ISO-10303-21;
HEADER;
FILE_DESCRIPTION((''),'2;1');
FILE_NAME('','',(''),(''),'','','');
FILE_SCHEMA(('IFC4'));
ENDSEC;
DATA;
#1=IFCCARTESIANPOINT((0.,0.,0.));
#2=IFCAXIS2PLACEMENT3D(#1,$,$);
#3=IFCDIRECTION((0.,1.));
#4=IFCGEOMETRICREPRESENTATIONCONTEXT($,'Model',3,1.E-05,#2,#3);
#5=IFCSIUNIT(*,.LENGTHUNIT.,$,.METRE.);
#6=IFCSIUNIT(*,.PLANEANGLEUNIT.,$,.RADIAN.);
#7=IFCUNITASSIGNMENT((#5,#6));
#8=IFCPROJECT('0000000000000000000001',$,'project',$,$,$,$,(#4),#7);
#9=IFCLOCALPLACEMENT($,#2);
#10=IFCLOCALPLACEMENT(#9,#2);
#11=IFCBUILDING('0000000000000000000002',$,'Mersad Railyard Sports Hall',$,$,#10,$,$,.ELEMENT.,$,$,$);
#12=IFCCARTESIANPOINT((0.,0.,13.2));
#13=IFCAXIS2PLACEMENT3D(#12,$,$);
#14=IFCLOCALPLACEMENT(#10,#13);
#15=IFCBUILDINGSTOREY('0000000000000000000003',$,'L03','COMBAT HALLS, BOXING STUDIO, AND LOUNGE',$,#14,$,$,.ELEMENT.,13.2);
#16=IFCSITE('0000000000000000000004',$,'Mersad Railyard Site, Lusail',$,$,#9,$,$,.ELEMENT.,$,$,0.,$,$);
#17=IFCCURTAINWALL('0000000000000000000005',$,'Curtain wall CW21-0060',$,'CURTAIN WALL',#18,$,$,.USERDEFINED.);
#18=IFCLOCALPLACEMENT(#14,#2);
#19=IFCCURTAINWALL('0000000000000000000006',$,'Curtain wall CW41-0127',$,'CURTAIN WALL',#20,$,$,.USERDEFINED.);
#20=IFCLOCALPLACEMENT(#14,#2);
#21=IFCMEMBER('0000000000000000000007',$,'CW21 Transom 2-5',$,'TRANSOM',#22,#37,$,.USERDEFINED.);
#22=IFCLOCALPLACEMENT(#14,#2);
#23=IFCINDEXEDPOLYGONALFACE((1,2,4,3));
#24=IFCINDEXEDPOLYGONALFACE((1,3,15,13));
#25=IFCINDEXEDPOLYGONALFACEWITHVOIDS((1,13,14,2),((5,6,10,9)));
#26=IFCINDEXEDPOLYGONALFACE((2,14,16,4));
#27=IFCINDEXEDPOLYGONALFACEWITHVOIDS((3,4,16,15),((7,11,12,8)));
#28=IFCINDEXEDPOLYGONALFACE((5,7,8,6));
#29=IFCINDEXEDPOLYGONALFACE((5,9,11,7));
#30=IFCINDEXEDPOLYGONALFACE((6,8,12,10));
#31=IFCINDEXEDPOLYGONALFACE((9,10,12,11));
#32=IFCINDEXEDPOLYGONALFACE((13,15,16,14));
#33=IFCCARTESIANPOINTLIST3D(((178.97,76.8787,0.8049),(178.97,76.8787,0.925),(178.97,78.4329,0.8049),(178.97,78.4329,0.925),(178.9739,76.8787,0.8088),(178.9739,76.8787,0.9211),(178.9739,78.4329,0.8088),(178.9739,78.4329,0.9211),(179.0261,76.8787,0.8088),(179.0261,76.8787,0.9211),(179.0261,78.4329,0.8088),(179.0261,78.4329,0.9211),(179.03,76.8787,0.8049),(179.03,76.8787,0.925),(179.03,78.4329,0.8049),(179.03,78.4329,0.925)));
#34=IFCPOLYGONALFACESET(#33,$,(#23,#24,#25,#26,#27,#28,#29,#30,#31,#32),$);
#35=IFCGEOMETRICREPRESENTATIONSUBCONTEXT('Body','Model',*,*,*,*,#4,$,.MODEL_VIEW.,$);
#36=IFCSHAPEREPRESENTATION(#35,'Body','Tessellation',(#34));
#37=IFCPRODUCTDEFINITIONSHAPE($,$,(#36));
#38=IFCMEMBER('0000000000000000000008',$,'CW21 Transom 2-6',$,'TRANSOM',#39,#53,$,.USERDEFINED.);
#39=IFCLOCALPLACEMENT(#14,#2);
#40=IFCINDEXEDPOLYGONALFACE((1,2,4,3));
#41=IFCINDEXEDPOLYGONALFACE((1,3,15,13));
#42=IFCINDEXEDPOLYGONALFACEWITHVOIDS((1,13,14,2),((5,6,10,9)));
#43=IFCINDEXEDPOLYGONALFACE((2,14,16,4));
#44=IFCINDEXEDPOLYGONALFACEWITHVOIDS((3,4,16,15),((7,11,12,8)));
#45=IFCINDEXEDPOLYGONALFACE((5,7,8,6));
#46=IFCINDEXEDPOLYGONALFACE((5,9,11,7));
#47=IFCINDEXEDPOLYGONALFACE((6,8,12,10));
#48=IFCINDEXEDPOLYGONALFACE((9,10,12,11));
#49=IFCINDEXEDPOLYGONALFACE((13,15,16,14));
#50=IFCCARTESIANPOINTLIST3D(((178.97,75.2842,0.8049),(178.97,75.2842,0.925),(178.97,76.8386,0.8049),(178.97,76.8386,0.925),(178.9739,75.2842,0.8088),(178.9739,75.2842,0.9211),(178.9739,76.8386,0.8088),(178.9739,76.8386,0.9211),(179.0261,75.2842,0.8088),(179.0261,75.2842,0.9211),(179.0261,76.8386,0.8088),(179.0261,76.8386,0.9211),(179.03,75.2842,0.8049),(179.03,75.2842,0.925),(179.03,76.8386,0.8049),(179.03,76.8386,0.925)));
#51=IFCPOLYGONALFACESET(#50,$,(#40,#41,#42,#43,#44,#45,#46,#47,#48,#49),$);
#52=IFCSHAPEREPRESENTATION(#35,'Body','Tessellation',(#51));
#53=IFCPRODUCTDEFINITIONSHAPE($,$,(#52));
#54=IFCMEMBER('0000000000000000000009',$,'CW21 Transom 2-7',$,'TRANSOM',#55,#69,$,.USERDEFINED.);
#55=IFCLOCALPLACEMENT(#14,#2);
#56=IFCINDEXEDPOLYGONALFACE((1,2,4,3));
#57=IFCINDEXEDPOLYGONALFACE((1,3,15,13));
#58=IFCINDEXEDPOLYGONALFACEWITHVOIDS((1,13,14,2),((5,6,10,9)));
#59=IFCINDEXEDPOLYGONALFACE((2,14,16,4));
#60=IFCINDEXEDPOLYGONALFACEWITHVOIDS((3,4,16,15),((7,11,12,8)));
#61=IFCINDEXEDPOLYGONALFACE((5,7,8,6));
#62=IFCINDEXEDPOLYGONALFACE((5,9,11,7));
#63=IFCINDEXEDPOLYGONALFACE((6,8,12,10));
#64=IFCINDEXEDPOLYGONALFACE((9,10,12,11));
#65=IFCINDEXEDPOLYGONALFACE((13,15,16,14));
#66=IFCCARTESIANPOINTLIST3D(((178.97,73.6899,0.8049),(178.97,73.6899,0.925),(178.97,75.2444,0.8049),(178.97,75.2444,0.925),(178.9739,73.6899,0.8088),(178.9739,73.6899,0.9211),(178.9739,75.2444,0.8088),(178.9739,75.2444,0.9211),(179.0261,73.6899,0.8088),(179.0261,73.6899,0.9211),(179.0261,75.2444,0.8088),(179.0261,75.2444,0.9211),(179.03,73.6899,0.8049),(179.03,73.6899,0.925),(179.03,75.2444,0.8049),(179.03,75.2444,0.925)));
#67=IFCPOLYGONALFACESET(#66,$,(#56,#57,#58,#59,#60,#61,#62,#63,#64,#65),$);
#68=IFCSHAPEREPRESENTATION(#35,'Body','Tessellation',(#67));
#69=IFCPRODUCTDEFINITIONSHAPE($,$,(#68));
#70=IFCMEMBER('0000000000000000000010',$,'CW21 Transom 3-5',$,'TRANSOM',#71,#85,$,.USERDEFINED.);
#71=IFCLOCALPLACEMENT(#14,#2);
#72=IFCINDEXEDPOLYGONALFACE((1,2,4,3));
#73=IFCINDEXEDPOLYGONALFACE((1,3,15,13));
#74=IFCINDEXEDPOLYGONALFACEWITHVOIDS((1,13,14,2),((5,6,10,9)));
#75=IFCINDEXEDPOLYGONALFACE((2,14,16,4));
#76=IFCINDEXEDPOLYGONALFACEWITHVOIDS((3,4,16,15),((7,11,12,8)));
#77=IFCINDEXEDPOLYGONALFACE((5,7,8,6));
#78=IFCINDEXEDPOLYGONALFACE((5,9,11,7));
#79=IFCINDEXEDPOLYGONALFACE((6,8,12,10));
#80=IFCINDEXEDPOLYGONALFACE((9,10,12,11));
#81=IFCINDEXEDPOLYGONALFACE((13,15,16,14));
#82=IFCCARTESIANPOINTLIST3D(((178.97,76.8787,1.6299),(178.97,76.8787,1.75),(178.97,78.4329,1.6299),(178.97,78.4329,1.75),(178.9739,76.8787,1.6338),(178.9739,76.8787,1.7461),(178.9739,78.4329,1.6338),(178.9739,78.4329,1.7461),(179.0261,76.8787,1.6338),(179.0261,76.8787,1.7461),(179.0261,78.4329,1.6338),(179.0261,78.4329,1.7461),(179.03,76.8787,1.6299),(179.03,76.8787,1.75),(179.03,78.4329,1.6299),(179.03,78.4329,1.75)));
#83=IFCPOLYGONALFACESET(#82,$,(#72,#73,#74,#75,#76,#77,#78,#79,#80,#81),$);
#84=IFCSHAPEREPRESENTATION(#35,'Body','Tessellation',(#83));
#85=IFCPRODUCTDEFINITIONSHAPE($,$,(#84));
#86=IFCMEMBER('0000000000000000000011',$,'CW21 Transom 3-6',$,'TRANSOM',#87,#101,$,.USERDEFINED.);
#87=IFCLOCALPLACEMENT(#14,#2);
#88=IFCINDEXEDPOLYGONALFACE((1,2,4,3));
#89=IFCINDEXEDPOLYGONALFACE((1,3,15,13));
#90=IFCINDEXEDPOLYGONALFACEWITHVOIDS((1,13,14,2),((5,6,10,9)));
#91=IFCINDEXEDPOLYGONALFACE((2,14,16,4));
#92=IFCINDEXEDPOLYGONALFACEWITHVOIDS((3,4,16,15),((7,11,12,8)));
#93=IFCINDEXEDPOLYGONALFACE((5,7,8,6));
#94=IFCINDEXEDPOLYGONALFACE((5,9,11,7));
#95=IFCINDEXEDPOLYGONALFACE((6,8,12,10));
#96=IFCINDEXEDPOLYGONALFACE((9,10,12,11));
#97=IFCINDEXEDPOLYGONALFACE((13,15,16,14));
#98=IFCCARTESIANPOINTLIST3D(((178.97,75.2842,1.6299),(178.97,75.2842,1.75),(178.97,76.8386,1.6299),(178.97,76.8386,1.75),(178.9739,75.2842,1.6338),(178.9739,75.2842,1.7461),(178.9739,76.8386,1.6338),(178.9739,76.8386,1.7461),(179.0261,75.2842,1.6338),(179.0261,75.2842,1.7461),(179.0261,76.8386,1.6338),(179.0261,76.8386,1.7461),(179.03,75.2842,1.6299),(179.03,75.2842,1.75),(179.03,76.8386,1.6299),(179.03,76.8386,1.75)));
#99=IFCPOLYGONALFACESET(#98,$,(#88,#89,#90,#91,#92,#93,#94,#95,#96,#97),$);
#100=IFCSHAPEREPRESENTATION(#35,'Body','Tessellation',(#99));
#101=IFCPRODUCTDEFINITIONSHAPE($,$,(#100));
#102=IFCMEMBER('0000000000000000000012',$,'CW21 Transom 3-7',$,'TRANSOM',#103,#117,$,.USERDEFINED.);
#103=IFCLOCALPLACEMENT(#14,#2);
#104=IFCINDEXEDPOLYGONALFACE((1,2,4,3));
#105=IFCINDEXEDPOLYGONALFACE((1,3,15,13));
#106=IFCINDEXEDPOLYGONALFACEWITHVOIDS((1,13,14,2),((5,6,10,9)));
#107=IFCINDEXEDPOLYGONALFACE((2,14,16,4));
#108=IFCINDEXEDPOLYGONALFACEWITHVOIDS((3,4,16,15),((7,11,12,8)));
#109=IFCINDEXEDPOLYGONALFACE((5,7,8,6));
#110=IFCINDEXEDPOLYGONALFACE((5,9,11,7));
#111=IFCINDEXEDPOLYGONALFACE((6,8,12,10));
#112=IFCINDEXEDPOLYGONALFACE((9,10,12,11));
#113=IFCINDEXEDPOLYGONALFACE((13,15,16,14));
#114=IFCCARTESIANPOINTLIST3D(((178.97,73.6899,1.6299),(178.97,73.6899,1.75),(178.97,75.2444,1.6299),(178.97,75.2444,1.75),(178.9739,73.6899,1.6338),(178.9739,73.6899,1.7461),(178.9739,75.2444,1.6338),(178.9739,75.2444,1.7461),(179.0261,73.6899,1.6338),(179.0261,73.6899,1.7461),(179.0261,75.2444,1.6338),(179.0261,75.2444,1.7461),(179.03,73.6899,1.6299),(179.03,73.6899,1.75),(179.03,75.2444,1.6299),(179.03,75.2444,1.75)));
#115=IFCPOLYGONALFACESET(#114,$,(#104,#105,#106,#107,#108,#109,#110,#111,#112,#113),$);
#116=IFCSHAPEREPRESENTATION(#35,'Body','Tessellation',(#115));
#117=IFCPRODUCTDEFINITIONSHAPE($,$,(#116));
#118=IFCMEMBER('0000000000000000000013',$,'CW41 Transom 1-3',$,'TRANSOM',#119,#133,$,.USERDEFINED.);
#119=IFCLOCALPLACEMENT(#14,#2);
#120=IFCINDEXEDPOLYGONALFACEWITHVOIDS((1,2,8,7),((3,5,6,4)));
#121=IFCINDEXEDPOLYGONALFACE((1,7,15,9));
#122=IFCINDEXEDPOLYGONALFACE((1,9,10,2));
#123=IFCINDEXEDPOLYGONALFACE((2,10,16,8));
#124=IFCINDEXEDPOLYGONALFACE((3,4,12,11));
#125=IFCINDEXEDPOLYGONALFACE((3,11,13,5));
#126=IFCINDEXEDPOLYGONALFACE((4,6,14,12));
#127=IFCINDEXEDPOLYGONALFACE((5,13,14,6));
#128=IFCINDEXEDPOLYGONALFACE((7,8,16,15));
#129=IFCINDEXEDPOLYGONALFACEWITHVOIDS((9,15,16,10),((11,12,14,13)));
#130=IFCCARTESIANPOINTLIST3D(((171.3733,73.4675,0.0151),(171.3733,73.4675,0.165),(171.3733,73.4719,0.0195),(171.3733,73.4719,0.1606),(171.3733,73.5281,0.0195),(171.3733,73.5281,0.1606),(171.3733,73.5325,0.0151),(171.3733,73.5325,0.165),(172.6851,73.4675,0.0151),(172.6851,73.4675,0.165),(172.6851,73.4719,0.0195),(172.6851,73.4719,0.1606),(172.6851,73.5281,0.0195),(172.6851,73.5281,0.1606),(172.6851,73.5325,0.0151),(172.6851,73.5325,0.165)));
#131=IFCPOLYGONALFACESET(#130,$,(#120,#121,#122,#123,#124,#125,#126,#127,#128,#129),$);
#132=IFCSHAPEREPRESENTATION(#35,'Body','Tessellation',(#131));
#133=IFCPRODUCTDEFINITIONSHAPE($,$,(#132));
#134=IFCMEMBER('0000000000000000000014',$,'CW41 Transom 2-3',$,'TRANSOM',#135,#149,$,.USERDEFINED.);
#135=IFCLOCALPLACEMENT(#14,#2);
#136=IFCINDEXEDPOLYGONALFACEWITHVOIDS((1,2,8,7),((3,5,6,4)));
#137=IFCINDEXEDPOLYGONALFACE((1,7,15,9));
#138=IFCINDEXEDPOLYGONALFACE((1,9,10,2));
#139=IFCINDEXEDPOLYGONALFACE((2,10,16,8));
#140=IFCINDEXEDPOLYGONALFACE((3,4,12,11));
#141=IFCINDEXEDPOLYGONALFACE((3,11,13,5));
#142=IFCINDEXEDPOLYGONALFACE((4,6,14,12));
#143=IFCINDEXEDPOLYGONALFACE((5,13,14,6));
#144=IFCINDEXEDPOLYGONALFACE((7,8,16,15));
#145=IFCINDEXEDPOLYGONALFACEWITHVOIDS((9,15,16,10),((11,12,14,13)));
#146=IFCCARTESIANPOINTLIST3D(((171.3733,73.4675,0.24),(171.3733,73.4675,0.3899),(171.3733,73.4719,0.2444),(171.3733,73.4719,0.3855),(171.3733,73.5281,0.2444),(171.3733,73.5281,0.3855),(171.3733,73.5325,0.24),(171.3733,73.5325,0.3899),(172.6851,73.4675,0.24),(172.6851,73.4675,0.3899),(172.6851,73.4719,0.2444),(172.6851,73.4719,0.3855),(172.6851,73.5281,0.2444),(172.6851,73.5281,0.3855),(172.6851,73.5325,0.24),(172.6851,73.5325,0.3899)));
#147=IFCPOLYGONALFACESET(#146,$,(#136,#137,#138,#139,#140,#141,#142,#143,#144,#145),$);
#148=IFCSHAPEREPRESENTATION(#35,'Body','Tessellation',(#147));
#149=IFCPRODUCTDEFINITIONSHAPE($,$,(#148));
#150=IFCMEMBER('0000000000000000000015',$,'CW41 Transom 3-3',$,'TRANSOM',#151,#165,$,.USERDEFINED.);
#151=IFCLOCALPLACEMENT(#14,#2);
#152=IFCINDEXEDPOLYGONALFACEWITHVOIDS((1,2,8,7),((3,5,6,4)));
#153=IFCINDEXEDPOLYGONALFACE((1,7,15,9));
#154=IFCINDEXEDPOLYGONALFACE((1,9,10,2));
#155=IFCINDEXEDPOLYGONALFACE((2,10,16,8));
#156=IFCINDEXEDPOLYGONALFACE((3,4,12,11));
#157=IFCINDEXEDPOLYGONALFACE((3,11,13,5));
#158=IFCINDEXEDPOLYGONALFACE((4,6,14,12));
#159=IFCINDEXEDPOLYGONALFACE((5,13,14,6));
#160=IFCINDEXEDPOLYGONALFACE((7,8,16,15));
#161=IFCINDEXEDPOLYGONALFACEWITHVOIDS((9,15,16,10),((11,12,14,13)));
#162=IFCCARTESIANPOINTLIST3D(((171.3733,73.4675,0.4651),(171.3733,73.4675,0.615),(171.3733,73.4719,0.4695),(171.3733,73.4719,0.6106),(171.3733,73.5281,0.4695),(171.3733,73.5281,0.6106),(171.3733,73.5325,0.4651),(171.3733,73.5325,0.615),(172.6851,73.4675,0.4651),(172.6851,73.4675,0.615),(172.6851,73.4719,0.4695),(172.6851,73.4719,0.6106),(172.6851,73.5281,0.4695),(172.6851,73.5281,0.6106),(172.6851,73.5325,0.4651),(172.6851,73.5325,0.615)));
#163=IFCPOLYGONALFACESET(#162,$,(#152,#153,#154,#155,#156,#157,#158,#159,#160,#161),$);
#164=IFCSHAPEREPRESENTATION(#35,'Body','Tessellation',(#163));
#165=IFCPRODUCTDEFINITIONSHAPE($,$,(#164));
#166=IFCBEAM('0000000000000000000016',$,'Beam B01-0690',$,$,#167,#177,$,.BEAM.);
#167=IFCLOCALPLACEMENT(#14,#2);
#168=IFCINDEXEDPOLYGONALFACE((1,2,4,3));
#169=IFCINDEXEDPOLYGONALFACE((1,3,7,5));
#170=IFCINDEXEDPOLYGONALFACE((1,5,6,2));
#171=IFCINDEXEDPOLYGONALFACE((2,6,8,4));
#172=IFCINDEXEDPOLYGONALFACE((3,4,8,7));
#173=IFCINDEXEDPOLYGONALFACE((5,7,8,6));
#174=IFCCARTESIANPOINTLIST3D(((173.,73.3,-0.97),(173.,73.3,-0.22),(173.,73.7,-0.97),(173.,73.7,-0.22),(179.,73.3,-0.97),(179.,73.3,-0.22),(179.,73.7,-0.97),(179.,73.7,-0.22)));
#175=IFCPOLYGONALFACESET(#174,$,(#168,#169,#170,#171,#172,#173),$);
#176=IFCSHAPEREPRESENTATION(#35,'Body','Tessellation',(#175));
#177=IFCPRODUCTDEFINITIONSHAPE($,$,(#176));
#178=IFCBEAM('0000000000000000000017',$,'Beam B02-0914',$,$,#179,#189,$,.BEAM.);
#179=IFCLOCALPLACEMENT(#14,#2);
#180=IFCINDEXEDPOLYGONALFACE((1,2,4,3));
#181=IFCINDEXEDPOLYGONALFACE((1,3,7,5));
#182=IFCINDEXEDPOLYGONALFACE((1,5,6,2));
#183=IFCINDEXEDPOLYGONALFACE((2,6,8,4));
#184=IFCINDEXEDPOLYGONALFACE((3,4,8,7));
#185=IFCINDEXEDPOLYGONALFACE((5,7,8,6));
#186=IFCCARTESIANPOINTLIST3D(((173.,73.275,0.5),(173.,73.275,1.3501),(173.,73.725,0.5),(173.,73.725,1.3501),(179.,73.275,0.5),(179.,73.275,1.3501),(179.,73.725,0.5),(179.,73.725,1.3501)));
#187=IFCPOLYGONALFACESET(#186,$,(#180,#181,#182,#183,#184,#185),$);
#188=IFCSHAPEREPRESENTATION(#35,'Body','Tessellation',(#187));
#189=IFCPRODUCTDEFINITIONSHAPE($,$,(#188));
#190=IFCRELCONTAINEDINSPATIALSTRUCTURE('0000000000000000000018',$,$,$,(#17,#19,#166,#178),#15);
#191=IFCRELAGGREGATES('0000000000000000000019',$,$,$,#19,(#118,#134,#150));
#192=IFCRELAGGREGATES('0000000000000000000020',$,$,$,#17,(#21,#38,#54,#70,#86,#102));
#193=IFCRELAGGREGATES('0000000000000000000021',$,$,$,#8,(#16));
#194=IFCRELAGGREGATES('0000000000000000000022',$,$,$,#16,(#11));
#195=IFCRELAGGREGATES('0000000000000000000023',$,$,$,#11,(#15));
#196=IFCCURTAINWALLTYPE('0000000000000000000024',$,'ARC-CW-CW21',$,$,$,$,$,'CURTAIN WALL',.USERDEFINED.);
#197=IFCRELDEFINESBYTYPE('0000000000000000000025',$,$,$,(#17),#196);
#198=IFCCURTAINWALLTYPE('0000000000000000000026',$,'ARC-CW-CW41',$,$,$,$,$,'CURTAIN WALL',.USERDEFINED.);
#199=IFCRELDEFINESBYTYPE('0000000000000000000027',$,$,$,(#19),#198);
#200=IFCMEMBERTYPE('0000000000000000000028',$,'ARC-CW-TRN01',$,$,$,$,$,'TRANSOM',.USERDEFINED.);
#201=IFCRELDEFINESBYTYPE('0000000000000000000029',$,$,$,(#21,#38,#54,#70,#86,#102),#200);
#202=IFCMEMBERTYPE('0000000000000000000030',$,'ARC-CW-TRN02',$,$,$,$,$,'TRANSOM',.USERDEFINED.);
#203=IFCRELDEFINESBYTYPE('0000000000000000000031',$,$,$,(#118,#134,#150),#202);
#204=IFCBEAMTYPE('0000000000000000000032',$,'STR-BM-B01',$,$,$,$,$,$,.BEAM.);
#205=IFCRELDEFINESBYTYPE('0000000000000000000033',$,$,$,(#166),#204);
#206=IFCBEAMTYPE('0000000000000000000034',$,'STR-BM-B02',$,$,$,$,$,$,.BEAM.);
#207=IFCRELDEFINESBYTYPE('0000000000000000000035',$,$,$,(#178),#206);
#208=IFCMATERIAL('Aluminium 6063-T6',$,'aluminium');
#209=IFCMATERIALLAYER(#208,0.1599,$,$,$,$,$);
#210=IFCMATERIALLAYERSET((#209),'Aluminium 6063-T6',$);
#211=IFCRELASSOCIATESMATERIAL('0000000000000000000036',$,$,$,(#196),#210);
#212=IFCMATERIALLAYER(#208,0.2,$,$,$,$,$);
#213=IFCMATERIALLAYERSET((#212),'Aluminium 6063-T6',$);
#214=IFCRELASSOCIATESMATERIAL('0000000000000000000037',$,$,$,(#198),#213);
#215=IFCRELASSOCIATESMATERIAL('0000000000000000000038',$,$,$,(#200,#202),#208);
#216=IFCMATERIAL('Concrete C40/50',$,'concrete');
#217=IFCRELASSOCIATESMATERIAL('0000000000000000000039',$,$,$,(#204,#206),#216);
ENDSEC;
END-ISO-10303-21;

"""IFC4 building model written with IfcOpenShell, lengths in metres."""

from ifc_helpers import new_model, si_unit, direction, frame, origin, origin_2d, place, context, subcontext, project, spatial, rectangle, hollow_rectangle, extrude, material, layer, layer_set, material_profile, profile_set, type_object, element, aggregate, save


model = new_model("IFC4")

# Units and contexts
model_context = context("Model", 3, precision=1e-05, world=origin(), true_north=direction((0.0, 1.0)))
body_context = subcontext(model_context, "Body", "Model", "MODEL_VIEW")
ifc_project = project(units=[si_unit("LENGTHUNIT", "METRE"), si_unit("PLANEANGLEUNIT", "RADIAN")], contexts=[model_context])

# Site, building, storey
site_placement = place(None, origin())
site = spatial("IfcSite", under=ifc_project, at=site_placement, Name="Mersad Railyard Site, Lusail", CompositionType="ELEMENT", RefElevation=0.0)
building_placement = place(site_placement, origin())
building = spatial("IfcBuilding", under=site, at=building_placement, Name="Mersad Railyard Sports Hall", CompositionType="ELEMENT")
storey_placement = place(building_placement, frame((0.0, 0.0, 13.2)))
storey = spatial("IfcBuildingStorey", under=building, at=storey_placement, Name="L03", Description="COMBAT HALLS, BOXING STUDIO, AND LOUNGE", CompositionType="ELEMENT", Elevation=13.2)

# Shared definitions
ifc_material_1 = material(Name="Concrete C40/50", Category="concrete")

# Curtain walls
ifc_material_2 = material(Name="Aluminium 6063-T6", Category="aluminium")
ifc_layer_1 = layer(ifc_material_2, 0.1599)
ifc_layer_set_1 = layer_set([ifc_layer_1], Name="Aluminium 6063-T6")
curtain_wall_type_1 = type_object("IfcCurtainWallType", Name="ARC-CW-CW21", ElementType="CURTAIN WALL", PredefinedType="USERDEFINED", material=ifc_layer_set_1)
curtain_wall_1_placement = place(storey_placement, origin())
curtain_wall_1 = element("IfcCurtainWall", 1, at=curtain_wall_1_placement, inside=storey, type_object=curtain_wall_type_1, Name="Curtain wall CW21-0060", ObjectType="CURTAIN WALL", PredefinedType="USERDEFINED")
ifc_layer_2 = layer(ifc_material_2, 0.2)
ifc_layer_set_2 = layer_set([ifc_layer_2], Name="Aluminium 6063-T6")
curtain_wall_type_2 = type_object("IfcCurtainWallType", Name="ARC-CW-CW41", ElementType="CURTAIN WALL", PredefinedType="USERDEFINED", material=ifc_layer_set_2)
curtain_wall_2_placement = place(storey_placement, origin())
curtain_wall_2 = element("IfcCurtainWall", 2, at=curtain_wall_2_placement, inside=storey, type_object=curtain_wall_type_2, Name="Curtain wall CW41-0127", ObjectType="CURTAIN WALL", PredefinedType="USERDEFINED")

# Members
ifc_material_profile_1 = material_profile(ifc_material_2, hollow_rectangle(XDim=0.0601, YDim=0.1201, WallThickness=0.0039, at=origin_2d()), Name="AL TRANSOM 60x120x4")
ifc_profile_set_1 = profile_set([ifc_material_profile_1], Name="Aluminium 6063-T6")
member_type_1 = type_object("IfcMemberType", Name="ARC-CW-TRN01", ElementType="TRANSOM", PredefinedType="USERDEFINED", material=ifc_profile_set_1)
member_1_placement = place(storey_placement, frame((179.0, 78.4329, 0.865), z_axis=(0.0, -1.0, 0.0), x_axis=(1.0, 0.0, 0.0)))
member_1 = element("IfcMember", 3, at=member_1_placement, type_object=member_type_1, Name="CW21 Transom 2-5", ObjectType="TRANSOM", PredefinedType="USERDEFINED", context=body_context, shape_type="SweptSolid", body=[
    extrude(hollow_rectangle(XDim=0.0601, YDim=0.1201, WallThickness=0.0039, at=origin_2d()), origin(), (0.0, 0.0, 1.0), 1.5542),
])
member_2_placement = place(storey_placement, frame((179.0, 76.8386, 0.865), z_axis=(0.0, -1.0, 0.0), x_axis=(1.0, 0.0, 0.0)))
member_2 = element("IfcMember", 4, at=member_2_placement, type_object=member_type_1, Name="CW21 Transom 2-6", ObjectType="TRANSOM", PredefinedType="USERDEFINED", context=body_context, shape_type="SweptSolid", body=[
    extrude(hollow_rectangle(XDim=0.0601, YDim=0.1201, WallThickness=0.0039, at=origin_2d()), origin(), (0.0, 0.0, 1.0), 1.5544),
])
member_3_placement = place(storey_placement, frame((179.0, 75.2444, 0.865), z_axis=(0.0, -1.0, 0.0), x_axis=(1.0, 0.0, 0.0)))
member_3 = element("IfcMember", 5, at=member_3_placement, type_object=member_type_1, Name="CW21 Transom 2-7", ObjectType="TRANSOM", PredefinedType="USERDEFINED", context=body_context, shape_type="SweptSolid", body=[
    extrude(hollow_rectangle(XDim=0.0601, YDim=0.1201, WallThickness=0.0039, at=origin_2d()), origin(), (0.0, 0.0, 1.0), 1.5544),
])
member_4_placement = place(storey_placement, frame((179.0, 78.4329, 1.6899), z_axis=(0.0, -1.0, 0.0), x_axis=(1.0, 0.0, 0.0)))
member_4 = element("IfcMember", 6, at=member_4_placement, type_object=member_type_1, Name="CW21 Transom 3-5", ObjectType="TRANSOM", PredefinedType="USERDEFINED", context=body_context, shape_type="SweptSolid", body=[
    extrude(hollow_rectangle(XDim=0.0601, YDim=0.1201, WallThickness=0.0039, at=origin_2d()), origin(), (0.0, 0.0, 1.0), 1.5542),
])
member_5_placement = place(storey_placement, frame((179.0, 76.8386, 1.6899), z_axis=(0.0, -1.0, 0.0), x_axis=(1.0, 0.0, 0.0)))
member_5 = element("IfcMember", 7, at=member_5_placement, type_object=member_type_1, Name="CW21 Transom 3-6", ObjectType="TRANSOM", PredefinedType="USERDEFINED", context=body_context, shape_type="SweptSolid", body=[
    extrude(hollow_rectangle(XDim=0.0601, YDim=0.1201, WallThickness=0.0039, at=origin_2d()), origin(), (0.0, 0.0, 1.0), 1.5544),
])
member_6_placement = place(storey_placement, frame((179.0, 75.2444, 1.6899), z_axis=(0.0, -1.0, 0.0), x_axis=(1.0, 0.0, 0.0)))
member_6 = element("IfcMember", 8, at=member_6_placement, type_object=member_type_1, Name="CW21 Transom 3-7", ObjectType="TRANSOM", PredefinedType="USERDEFINED", context=body_context, shape_type="SweptSolid", body=[
    extrude(hollow_rectangle(XDim=0.0601, YDim=0.1201, WallThickness=0.0039, at=origin_2d()), origin(), (0.0, 0.0, 1.0), 1.5544),
])
ifc_material_profile_2 = material_profile(ifc_material_2, hollow_rectangle(XDim=0.0649, YDim=0.1499, WallThickness=0.0044, at=origin_2d()), Name="AL TRANSOM 65x150x4.5")
ifc_profile_set_2 = profile_set([ifc_material_profile_2], Name="Aluminium 6063-T6")
member_type_2 = type_object("IfcMemberType", Name="ARC-CW-TRN02", ElementType="TRANSOM", PredefinedType="USERDEFINED", material=ifc_profile_set_2)
member_7_placement = place(storey_placement, frame((171.3733, 73.5, 0.0901), z_axis=(1.0, 0.0, 0.0), x_axis=(0.0, 1.0, 0.0)))
member_7 = element("IfcMember", 9, at=member_7_placement, type_object=member_type_2, Name="CW41 Transom 1-3", ObjectType="TRANSOM", PredefinedType="USERDEFINED", context=body_context, shape_type="SweptSolid", body=[
    extrude(hollow_rectangle(XDim=0.0649, YDim=0.1499, WallThickness=0.0044, at=origin_2d()), origin(), (0.0, 0.0, 1.0), 1.3118),
])
member_8_placement = place(storey_placement, frame((171.3733, 73.5, 0.3149), z_axis=(1.0, 0.0, 0.0), x_axis=(0.0, 1.0, 0.0)))
member_8 = element("IfcMember", 10, at=member_8_placement, type_object=member_type_2, Name="CW41 Transom 2-3", ObjectType="TRANSOM", PredefinedType="USERDEFINED", context=body_context, shape_type="SweptSolid", body=[
    extrude(hollow_rectangle(XDim=0.0649, YDim=0.1499, WallThickness=0.0044, at=origin_2d()), origin(), (0.0, 0.0, 1.0), 1.3118),
])
member_9_placement = place(storey_placement, frame((171.3733, 73.5, 0.54), z_axis=(1.0, 0.0, 0.0), x_axis=(0.0, 1.0, 0.0)))
member_9 = element("IfcMember", 11, at=member_9_placement, type_object=member_type_2, Name="CW41 Transom 3-3", ObjectType="TRANSOM", PredefinedType="USERDEFINED", context=body_context, shape_type="SweptSolid", body=[
    extrude(hollow_rectangle(XDim=0.0649, YDim=0.1499, WallThickness=0.0044, at=origin_2d()), origin(), (0.0, 0.0, 1.0), 1.3118),
])
aggregate(curtain_wall_2, [member_7, member_8, member_9])

# Beams
ifc_material_profile_3 = material_profile(ifc_material_1, rectangle(XDim=0.3999, YDim=0.75, at=origin_2d()), Name="RC 400x750")
ifc_profile_set_3 = profile_set([ifc_material_profile_3], Name="Concrete C40/50")
beam_type_1 = type_object("IfcBeamType", Name="STR-BM-B01", PredefinedType="BEAM", material=ifc_profile_set_3)
beam_1_placement = place(storey_placement, frame((173.0, 73.5, -0.595), z_axis=(1.0, 0.0, 0.0), x_axis=(0.0, 1.0, 0.0)))
element("IfcBeam", 12, at=beam_1_placement, inside=storey, type_object=beam_type_1, Name="Beam B01-0690", PredefinedType="BEAM", context=body_context, shape_type="SweptSolid", body=[
    extrude(rectangle(XDim=0.3999, YDim=0.75, at=origin_2d()), origin(), (0.0, 0.0, 1.0), 6.0),
])
ifc_material_profile_4 = material_profile(ifc_material_1, rectangle(XDim=0.45, YDim=0.8501, at=origin_2d()), Name="RC 450x850")
ifc_profile_set_4 = profile_set([ifc_material_profile_4], Name="Concrete C40/50")
beam_type_2 = type_object("IfcBeamType", Name="STR-BM-B02", PredefinedType="BEAM", material=ifc_profile_set_4)
beam_2_placement = place(storey_placement, frame((173.0, 73.5, 0.925), z_axis=(1.0, 0.0, 0.0), x_axis=(0.0, 1.0, 0.0)))
element("IfcBeam", 13, at=beam_2_placement, inside=storey, type_object=beam_type_2, Name="Beam B02-0914", PredefinedType="BEAM", context=body_context, shape_type="SweptSolid", body=[
    extrude(rectangle(XDim=0.45, YDim=0.8501, at=origin_2d()), origin(), (0.0, 0.0, 1.0), 6.0),
])

aggregate(curtain_wall_1, [member_1, member_2, member_3, member_4, member_5, member_6])

save(model, "model.ifc")
